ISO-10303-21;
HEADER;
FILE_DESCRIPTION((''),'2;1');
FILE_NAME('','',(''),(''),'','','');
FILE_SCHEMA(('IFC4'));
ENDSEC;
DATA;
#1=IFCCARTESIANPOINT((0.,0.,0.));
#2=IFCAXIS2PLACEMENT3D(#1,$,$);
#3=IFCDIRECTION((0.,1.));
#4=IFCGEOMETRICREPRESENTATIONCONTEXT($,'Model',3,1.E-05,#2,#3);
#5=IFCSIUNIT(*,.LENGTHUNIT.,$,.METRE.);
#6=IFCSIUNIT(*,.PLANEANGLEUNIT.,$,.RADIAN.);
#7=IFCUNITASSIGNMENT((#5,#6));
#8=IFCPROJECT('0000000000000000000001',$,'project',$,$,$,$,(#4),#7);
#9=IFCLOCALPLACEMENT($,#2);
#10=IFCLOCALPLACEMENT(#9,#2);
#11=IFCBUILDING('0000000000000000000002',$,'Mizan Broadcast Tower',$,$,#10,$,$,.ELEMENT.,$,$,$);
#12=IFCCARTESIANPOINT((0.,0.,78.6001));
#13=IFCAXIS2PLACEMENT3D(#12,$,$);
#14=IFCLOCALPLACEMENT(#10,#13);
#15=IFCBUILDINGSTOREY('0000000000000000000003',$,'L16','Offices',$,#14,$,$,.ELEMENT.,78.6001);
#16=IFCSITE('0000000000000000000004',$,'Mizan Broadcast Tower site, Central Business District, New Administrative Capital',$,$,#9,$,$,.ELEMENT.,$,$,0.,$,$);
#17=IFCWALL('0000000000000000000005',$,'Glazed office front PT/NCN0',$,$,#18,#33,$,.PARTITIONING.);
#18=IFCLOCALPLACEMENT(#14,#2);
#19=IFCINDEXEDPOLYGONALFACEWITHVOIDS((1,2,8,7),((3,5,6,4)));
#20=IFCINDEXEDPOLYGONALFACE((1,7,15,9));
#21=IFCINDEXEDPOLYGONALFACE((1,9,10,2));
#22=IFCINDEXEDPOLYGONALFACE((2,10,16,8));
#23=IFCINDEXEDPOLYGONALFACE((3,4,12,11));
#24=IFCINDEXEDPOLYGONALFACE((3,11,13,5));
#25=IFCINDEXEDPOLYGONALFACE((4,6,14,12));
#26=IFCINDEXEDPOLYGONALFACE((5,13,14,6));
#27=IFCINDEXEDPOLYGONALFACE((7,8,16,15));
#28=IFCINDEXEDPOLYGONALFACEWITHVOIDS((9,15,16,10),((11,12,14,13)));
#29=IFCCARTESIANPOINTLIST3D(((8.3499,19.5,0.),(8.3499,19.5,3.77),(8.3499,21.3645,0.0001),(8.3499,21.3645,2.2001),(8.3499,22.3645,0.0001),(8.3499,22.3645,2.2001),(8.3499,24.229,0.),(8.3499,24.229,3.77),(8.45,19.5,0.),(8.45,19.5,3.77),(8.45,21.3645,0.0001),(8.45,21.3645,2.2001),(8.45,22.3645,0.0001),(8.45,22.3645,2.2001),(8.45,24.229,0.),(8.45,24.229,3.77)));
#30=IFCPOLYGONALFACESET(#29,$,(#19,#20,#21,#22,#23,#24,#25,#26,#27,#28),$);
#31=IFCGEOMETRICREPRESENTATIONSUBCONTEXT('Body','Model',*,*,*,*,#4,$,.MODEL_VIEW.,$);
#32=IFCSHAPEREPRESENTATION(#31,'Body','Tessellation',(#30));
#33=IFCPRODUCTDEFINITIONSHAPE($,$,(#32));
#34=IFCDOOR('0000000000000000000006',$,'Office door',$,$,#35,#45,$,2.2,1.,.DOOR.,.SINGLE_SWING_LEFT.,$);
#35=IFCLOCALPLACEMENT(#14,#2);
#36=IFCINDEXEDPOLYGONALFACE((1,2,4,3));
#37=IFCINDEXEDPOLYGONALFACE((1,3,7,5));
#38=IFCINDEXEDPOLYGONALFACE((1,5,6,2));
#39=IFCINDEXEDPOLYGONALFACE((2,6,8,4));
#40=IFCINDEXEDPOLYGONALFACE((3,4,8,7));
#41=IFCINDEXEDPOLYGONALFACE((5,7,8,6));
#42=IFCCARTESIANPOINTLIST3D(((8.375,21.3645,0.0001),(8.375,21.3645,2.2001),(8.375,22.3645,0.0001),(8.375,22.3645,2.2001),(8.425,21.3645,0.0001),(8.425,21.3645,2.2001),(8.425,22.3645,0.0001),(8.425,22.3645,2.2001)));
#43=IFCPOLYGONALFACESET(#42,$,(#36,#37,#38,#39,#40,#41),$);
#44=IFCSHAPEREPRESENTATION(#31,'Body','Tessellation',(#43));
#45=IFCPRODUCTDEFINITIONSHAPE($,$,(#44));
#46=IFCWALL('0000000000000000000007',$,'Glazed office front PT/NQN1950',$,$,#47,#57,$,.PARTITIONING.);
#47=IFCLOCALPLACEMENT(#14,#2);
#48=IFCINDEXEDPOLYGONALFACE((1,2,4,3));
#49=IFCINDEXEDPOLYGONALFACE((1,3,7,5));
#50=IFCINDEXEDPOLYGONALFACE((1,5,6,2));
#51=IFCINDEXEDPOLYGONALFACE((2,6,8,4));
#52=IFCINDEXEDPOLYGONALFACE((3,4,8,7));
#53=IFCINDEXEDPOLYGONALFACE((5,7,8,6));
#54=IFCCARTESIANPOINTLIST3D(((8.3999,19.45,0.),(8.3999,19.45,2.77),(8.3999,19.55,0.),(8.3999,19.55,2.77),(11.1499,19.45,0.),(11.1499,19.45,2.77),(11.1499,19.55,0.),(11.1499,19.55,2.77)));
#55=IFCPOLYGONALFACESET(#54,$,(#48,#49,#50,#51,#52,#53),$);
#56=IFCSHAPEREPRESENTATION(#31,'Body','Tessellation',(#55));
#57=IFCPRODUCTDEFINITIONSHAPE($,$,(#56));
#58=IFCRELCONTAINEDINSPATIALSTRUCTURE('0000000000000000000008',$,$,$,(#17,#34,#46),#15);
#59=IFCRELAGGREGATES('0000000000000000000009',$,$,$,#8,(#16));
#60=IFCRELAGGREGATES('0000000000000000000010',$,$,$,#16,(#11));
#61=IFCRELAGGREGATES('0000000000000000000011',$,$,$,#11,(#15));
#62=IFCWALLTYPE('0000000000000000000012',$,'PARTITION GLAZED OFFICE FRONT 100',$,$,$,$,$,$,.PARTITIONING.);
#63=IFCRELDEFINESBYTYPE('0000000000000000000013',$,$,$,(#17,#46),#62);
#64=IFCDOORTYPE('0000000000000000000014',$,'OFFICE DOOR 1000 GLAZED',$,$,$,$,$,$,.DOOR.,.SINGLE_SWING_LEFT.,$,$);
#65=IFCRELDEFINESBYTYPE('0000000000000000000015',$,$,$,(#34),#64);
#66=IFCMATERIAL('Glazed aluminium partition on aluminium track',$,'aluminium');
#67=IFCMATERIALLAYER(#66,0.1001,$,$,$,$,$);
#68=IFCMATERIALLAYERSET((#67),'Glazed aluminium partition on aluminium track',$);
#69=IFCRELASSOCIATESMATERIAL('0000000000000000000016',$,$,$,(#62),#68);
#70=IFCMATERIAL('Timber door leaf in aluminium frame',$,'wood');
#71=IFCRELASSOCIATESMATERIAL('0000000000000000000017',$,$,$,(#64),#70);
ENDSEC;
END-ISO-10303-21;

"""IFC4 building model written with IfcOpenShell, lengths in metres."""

from ifc_helpers import new_model, si_unit, direction, frame, frame_2d, origin, place, context, subcontext, project, spatial, rectangle, extrude, material, layer, layer_set, type_object, element, fill, save


model = new_model("IFC4")

# Units and contexts
model_context = context("Model", 3, precision=1e-05, world=origin(), true_north=direction((0.0, 1.0)))
body_context = subcontext(model_context, "Body", "Model", "MODEL_VIEW")
ifc_project = project(units=[si_unit("LENGTHUNIT", "METRE"), si_unit("PLANEANGLEUNIT", "RADIAN")], contexts=[model_context])

# Site, building, storey
site_placement = place(None, origin())
site = spatial("IfcSite", under=ifc_project, at=site_placement, Name="Mizan Broadcast Tower site, Central Business District, New Administrative Capital", CompositionType="ELEMENT", RefElevation=0.0)
building_placement = place(site_placement, origin())
building = spatial("IfcBuilding", under=site, at=building_placement, Name="Mizan Broadcast Tower", CompositionType="ELEMENT")
storey_placement = place(building_placement, frame((0.0, 0.0, 78.6001)))
storey = spatial("IfcBuildingStorey", under=building, at=storey_placement, Name="L16", Description="Offices", CompositionType="ELEMENT", Elevation=78.6001)

# Wall, opening, door
ifc_material_1 = material(Name="Glazed aluminium partition on aluminium track", Category="aluminium")
ifc_layer_1 = layer(ifc_material_1, 0.1001)
ifc_layer_set_1 = layer_set([ifc_layer_1], Name="Glazed aluminium partition on aluminium track")
wall_type_1 = type_object("IfcWallType", Name="PARTITION GLAZED OFFICE FRONT 100", PredefinedType="PARTITIONING", material=ifc_layer_set_1)
wall_1_placement = place(storey_placement, frame((8.3999, 19.5, 0.0), z_axis=(0.0, 0.0, 1.0), x_axis=(0.0, 1.0, 0.0)))
wall_1 = element("IfcWall", 1, at=wall_1_placement, inside=storey, type_object=wall_type_1, Name="Glazed office front PT/NCN0", PredefinedType="PARTITIONING", context=body_context, shape_type="SweptSolid", body=[
    extrude(rectangle(XDim=4.729, YDim=0.1001, at=frame_2d((2.3645, 0.0))), origin(), (0.0, 0.0, 1.0), 3.77),
])
opening_placement = place(wall_1_placement, frame((1.8645, 0.0, 0.0)))
opening = element("IfcOpeningElement", 2, at=opening_placement, cuts=wall_1, PredefinedType="OPENING", context=body_context, shape_type="SweptSolid", body=[
    extrude(rectangle(XDim=1.0, YDim=2.2, at=frame_2d((0.5, 1.1001))), frame((0.0, 0.0601, 0.0), z_axis=(0.0, -1.0, 0.0), x_axis=(1.0, 0.0, 0.0)), (0.0, 0.0, 1.0), 0.1201),
])
ifc_material_2 = material(Name="Timber door leaf in aluminium frame", Category="wood")
door_type = type_object("IfcDoorType", Name="OFFICE DOOR 1000 GLAZED", OperationType="SINGLE_SWING_LEFT", PredefinedType="DOOR", material=ifc_material_2)
door_placement = place(opening_placement, origin())
door = element("IfcDoor", 3, at=door_placement, inside=storey, type_object=door_type, Name="Office door", OperationType="SINGLE_SWING_LEFT", OverallHeight=2.2, OverallWidth=1.0, PredefinedType="DOOR", context=body_context, shape_type="SweptSolid", body=[
    extrude(rectangle(XDim=1.0, YDim=2.2, at=frame_2d((0.5, 1.1001))), frame((0.0, 0.0249, 0.0), z_axis=(0.0, -1.0, 0.0), x_axis=(1.0, 0.0, 0.0)), (0.0, 0.0, 1.0), 0.05),
])
fill(opening, door)

# Wall
wall_2_placement = place(storey_placement, frame((8.3999, 19.5, 0.0), z_axis=(0.0, 0.0, 1.0), x_axis=(1.0, 0.0, 0.0)))
element("IfcWall", 4, at=wall_2_placement, inside=storey, type_object=wall_type_1, Name="Glazed office front PT/NQN1950", PredefinedType="PARTITIONING", context=body_context, shape_type="SweptSolid", body=[
    extrude(rectangle(XDim=2.75, YDim=0.1001, at=frame_2d((1.375, 0.0))), origin(), (0.0, 0.0, 1.0), 2.77),
])

save(model, "model.ifc")
